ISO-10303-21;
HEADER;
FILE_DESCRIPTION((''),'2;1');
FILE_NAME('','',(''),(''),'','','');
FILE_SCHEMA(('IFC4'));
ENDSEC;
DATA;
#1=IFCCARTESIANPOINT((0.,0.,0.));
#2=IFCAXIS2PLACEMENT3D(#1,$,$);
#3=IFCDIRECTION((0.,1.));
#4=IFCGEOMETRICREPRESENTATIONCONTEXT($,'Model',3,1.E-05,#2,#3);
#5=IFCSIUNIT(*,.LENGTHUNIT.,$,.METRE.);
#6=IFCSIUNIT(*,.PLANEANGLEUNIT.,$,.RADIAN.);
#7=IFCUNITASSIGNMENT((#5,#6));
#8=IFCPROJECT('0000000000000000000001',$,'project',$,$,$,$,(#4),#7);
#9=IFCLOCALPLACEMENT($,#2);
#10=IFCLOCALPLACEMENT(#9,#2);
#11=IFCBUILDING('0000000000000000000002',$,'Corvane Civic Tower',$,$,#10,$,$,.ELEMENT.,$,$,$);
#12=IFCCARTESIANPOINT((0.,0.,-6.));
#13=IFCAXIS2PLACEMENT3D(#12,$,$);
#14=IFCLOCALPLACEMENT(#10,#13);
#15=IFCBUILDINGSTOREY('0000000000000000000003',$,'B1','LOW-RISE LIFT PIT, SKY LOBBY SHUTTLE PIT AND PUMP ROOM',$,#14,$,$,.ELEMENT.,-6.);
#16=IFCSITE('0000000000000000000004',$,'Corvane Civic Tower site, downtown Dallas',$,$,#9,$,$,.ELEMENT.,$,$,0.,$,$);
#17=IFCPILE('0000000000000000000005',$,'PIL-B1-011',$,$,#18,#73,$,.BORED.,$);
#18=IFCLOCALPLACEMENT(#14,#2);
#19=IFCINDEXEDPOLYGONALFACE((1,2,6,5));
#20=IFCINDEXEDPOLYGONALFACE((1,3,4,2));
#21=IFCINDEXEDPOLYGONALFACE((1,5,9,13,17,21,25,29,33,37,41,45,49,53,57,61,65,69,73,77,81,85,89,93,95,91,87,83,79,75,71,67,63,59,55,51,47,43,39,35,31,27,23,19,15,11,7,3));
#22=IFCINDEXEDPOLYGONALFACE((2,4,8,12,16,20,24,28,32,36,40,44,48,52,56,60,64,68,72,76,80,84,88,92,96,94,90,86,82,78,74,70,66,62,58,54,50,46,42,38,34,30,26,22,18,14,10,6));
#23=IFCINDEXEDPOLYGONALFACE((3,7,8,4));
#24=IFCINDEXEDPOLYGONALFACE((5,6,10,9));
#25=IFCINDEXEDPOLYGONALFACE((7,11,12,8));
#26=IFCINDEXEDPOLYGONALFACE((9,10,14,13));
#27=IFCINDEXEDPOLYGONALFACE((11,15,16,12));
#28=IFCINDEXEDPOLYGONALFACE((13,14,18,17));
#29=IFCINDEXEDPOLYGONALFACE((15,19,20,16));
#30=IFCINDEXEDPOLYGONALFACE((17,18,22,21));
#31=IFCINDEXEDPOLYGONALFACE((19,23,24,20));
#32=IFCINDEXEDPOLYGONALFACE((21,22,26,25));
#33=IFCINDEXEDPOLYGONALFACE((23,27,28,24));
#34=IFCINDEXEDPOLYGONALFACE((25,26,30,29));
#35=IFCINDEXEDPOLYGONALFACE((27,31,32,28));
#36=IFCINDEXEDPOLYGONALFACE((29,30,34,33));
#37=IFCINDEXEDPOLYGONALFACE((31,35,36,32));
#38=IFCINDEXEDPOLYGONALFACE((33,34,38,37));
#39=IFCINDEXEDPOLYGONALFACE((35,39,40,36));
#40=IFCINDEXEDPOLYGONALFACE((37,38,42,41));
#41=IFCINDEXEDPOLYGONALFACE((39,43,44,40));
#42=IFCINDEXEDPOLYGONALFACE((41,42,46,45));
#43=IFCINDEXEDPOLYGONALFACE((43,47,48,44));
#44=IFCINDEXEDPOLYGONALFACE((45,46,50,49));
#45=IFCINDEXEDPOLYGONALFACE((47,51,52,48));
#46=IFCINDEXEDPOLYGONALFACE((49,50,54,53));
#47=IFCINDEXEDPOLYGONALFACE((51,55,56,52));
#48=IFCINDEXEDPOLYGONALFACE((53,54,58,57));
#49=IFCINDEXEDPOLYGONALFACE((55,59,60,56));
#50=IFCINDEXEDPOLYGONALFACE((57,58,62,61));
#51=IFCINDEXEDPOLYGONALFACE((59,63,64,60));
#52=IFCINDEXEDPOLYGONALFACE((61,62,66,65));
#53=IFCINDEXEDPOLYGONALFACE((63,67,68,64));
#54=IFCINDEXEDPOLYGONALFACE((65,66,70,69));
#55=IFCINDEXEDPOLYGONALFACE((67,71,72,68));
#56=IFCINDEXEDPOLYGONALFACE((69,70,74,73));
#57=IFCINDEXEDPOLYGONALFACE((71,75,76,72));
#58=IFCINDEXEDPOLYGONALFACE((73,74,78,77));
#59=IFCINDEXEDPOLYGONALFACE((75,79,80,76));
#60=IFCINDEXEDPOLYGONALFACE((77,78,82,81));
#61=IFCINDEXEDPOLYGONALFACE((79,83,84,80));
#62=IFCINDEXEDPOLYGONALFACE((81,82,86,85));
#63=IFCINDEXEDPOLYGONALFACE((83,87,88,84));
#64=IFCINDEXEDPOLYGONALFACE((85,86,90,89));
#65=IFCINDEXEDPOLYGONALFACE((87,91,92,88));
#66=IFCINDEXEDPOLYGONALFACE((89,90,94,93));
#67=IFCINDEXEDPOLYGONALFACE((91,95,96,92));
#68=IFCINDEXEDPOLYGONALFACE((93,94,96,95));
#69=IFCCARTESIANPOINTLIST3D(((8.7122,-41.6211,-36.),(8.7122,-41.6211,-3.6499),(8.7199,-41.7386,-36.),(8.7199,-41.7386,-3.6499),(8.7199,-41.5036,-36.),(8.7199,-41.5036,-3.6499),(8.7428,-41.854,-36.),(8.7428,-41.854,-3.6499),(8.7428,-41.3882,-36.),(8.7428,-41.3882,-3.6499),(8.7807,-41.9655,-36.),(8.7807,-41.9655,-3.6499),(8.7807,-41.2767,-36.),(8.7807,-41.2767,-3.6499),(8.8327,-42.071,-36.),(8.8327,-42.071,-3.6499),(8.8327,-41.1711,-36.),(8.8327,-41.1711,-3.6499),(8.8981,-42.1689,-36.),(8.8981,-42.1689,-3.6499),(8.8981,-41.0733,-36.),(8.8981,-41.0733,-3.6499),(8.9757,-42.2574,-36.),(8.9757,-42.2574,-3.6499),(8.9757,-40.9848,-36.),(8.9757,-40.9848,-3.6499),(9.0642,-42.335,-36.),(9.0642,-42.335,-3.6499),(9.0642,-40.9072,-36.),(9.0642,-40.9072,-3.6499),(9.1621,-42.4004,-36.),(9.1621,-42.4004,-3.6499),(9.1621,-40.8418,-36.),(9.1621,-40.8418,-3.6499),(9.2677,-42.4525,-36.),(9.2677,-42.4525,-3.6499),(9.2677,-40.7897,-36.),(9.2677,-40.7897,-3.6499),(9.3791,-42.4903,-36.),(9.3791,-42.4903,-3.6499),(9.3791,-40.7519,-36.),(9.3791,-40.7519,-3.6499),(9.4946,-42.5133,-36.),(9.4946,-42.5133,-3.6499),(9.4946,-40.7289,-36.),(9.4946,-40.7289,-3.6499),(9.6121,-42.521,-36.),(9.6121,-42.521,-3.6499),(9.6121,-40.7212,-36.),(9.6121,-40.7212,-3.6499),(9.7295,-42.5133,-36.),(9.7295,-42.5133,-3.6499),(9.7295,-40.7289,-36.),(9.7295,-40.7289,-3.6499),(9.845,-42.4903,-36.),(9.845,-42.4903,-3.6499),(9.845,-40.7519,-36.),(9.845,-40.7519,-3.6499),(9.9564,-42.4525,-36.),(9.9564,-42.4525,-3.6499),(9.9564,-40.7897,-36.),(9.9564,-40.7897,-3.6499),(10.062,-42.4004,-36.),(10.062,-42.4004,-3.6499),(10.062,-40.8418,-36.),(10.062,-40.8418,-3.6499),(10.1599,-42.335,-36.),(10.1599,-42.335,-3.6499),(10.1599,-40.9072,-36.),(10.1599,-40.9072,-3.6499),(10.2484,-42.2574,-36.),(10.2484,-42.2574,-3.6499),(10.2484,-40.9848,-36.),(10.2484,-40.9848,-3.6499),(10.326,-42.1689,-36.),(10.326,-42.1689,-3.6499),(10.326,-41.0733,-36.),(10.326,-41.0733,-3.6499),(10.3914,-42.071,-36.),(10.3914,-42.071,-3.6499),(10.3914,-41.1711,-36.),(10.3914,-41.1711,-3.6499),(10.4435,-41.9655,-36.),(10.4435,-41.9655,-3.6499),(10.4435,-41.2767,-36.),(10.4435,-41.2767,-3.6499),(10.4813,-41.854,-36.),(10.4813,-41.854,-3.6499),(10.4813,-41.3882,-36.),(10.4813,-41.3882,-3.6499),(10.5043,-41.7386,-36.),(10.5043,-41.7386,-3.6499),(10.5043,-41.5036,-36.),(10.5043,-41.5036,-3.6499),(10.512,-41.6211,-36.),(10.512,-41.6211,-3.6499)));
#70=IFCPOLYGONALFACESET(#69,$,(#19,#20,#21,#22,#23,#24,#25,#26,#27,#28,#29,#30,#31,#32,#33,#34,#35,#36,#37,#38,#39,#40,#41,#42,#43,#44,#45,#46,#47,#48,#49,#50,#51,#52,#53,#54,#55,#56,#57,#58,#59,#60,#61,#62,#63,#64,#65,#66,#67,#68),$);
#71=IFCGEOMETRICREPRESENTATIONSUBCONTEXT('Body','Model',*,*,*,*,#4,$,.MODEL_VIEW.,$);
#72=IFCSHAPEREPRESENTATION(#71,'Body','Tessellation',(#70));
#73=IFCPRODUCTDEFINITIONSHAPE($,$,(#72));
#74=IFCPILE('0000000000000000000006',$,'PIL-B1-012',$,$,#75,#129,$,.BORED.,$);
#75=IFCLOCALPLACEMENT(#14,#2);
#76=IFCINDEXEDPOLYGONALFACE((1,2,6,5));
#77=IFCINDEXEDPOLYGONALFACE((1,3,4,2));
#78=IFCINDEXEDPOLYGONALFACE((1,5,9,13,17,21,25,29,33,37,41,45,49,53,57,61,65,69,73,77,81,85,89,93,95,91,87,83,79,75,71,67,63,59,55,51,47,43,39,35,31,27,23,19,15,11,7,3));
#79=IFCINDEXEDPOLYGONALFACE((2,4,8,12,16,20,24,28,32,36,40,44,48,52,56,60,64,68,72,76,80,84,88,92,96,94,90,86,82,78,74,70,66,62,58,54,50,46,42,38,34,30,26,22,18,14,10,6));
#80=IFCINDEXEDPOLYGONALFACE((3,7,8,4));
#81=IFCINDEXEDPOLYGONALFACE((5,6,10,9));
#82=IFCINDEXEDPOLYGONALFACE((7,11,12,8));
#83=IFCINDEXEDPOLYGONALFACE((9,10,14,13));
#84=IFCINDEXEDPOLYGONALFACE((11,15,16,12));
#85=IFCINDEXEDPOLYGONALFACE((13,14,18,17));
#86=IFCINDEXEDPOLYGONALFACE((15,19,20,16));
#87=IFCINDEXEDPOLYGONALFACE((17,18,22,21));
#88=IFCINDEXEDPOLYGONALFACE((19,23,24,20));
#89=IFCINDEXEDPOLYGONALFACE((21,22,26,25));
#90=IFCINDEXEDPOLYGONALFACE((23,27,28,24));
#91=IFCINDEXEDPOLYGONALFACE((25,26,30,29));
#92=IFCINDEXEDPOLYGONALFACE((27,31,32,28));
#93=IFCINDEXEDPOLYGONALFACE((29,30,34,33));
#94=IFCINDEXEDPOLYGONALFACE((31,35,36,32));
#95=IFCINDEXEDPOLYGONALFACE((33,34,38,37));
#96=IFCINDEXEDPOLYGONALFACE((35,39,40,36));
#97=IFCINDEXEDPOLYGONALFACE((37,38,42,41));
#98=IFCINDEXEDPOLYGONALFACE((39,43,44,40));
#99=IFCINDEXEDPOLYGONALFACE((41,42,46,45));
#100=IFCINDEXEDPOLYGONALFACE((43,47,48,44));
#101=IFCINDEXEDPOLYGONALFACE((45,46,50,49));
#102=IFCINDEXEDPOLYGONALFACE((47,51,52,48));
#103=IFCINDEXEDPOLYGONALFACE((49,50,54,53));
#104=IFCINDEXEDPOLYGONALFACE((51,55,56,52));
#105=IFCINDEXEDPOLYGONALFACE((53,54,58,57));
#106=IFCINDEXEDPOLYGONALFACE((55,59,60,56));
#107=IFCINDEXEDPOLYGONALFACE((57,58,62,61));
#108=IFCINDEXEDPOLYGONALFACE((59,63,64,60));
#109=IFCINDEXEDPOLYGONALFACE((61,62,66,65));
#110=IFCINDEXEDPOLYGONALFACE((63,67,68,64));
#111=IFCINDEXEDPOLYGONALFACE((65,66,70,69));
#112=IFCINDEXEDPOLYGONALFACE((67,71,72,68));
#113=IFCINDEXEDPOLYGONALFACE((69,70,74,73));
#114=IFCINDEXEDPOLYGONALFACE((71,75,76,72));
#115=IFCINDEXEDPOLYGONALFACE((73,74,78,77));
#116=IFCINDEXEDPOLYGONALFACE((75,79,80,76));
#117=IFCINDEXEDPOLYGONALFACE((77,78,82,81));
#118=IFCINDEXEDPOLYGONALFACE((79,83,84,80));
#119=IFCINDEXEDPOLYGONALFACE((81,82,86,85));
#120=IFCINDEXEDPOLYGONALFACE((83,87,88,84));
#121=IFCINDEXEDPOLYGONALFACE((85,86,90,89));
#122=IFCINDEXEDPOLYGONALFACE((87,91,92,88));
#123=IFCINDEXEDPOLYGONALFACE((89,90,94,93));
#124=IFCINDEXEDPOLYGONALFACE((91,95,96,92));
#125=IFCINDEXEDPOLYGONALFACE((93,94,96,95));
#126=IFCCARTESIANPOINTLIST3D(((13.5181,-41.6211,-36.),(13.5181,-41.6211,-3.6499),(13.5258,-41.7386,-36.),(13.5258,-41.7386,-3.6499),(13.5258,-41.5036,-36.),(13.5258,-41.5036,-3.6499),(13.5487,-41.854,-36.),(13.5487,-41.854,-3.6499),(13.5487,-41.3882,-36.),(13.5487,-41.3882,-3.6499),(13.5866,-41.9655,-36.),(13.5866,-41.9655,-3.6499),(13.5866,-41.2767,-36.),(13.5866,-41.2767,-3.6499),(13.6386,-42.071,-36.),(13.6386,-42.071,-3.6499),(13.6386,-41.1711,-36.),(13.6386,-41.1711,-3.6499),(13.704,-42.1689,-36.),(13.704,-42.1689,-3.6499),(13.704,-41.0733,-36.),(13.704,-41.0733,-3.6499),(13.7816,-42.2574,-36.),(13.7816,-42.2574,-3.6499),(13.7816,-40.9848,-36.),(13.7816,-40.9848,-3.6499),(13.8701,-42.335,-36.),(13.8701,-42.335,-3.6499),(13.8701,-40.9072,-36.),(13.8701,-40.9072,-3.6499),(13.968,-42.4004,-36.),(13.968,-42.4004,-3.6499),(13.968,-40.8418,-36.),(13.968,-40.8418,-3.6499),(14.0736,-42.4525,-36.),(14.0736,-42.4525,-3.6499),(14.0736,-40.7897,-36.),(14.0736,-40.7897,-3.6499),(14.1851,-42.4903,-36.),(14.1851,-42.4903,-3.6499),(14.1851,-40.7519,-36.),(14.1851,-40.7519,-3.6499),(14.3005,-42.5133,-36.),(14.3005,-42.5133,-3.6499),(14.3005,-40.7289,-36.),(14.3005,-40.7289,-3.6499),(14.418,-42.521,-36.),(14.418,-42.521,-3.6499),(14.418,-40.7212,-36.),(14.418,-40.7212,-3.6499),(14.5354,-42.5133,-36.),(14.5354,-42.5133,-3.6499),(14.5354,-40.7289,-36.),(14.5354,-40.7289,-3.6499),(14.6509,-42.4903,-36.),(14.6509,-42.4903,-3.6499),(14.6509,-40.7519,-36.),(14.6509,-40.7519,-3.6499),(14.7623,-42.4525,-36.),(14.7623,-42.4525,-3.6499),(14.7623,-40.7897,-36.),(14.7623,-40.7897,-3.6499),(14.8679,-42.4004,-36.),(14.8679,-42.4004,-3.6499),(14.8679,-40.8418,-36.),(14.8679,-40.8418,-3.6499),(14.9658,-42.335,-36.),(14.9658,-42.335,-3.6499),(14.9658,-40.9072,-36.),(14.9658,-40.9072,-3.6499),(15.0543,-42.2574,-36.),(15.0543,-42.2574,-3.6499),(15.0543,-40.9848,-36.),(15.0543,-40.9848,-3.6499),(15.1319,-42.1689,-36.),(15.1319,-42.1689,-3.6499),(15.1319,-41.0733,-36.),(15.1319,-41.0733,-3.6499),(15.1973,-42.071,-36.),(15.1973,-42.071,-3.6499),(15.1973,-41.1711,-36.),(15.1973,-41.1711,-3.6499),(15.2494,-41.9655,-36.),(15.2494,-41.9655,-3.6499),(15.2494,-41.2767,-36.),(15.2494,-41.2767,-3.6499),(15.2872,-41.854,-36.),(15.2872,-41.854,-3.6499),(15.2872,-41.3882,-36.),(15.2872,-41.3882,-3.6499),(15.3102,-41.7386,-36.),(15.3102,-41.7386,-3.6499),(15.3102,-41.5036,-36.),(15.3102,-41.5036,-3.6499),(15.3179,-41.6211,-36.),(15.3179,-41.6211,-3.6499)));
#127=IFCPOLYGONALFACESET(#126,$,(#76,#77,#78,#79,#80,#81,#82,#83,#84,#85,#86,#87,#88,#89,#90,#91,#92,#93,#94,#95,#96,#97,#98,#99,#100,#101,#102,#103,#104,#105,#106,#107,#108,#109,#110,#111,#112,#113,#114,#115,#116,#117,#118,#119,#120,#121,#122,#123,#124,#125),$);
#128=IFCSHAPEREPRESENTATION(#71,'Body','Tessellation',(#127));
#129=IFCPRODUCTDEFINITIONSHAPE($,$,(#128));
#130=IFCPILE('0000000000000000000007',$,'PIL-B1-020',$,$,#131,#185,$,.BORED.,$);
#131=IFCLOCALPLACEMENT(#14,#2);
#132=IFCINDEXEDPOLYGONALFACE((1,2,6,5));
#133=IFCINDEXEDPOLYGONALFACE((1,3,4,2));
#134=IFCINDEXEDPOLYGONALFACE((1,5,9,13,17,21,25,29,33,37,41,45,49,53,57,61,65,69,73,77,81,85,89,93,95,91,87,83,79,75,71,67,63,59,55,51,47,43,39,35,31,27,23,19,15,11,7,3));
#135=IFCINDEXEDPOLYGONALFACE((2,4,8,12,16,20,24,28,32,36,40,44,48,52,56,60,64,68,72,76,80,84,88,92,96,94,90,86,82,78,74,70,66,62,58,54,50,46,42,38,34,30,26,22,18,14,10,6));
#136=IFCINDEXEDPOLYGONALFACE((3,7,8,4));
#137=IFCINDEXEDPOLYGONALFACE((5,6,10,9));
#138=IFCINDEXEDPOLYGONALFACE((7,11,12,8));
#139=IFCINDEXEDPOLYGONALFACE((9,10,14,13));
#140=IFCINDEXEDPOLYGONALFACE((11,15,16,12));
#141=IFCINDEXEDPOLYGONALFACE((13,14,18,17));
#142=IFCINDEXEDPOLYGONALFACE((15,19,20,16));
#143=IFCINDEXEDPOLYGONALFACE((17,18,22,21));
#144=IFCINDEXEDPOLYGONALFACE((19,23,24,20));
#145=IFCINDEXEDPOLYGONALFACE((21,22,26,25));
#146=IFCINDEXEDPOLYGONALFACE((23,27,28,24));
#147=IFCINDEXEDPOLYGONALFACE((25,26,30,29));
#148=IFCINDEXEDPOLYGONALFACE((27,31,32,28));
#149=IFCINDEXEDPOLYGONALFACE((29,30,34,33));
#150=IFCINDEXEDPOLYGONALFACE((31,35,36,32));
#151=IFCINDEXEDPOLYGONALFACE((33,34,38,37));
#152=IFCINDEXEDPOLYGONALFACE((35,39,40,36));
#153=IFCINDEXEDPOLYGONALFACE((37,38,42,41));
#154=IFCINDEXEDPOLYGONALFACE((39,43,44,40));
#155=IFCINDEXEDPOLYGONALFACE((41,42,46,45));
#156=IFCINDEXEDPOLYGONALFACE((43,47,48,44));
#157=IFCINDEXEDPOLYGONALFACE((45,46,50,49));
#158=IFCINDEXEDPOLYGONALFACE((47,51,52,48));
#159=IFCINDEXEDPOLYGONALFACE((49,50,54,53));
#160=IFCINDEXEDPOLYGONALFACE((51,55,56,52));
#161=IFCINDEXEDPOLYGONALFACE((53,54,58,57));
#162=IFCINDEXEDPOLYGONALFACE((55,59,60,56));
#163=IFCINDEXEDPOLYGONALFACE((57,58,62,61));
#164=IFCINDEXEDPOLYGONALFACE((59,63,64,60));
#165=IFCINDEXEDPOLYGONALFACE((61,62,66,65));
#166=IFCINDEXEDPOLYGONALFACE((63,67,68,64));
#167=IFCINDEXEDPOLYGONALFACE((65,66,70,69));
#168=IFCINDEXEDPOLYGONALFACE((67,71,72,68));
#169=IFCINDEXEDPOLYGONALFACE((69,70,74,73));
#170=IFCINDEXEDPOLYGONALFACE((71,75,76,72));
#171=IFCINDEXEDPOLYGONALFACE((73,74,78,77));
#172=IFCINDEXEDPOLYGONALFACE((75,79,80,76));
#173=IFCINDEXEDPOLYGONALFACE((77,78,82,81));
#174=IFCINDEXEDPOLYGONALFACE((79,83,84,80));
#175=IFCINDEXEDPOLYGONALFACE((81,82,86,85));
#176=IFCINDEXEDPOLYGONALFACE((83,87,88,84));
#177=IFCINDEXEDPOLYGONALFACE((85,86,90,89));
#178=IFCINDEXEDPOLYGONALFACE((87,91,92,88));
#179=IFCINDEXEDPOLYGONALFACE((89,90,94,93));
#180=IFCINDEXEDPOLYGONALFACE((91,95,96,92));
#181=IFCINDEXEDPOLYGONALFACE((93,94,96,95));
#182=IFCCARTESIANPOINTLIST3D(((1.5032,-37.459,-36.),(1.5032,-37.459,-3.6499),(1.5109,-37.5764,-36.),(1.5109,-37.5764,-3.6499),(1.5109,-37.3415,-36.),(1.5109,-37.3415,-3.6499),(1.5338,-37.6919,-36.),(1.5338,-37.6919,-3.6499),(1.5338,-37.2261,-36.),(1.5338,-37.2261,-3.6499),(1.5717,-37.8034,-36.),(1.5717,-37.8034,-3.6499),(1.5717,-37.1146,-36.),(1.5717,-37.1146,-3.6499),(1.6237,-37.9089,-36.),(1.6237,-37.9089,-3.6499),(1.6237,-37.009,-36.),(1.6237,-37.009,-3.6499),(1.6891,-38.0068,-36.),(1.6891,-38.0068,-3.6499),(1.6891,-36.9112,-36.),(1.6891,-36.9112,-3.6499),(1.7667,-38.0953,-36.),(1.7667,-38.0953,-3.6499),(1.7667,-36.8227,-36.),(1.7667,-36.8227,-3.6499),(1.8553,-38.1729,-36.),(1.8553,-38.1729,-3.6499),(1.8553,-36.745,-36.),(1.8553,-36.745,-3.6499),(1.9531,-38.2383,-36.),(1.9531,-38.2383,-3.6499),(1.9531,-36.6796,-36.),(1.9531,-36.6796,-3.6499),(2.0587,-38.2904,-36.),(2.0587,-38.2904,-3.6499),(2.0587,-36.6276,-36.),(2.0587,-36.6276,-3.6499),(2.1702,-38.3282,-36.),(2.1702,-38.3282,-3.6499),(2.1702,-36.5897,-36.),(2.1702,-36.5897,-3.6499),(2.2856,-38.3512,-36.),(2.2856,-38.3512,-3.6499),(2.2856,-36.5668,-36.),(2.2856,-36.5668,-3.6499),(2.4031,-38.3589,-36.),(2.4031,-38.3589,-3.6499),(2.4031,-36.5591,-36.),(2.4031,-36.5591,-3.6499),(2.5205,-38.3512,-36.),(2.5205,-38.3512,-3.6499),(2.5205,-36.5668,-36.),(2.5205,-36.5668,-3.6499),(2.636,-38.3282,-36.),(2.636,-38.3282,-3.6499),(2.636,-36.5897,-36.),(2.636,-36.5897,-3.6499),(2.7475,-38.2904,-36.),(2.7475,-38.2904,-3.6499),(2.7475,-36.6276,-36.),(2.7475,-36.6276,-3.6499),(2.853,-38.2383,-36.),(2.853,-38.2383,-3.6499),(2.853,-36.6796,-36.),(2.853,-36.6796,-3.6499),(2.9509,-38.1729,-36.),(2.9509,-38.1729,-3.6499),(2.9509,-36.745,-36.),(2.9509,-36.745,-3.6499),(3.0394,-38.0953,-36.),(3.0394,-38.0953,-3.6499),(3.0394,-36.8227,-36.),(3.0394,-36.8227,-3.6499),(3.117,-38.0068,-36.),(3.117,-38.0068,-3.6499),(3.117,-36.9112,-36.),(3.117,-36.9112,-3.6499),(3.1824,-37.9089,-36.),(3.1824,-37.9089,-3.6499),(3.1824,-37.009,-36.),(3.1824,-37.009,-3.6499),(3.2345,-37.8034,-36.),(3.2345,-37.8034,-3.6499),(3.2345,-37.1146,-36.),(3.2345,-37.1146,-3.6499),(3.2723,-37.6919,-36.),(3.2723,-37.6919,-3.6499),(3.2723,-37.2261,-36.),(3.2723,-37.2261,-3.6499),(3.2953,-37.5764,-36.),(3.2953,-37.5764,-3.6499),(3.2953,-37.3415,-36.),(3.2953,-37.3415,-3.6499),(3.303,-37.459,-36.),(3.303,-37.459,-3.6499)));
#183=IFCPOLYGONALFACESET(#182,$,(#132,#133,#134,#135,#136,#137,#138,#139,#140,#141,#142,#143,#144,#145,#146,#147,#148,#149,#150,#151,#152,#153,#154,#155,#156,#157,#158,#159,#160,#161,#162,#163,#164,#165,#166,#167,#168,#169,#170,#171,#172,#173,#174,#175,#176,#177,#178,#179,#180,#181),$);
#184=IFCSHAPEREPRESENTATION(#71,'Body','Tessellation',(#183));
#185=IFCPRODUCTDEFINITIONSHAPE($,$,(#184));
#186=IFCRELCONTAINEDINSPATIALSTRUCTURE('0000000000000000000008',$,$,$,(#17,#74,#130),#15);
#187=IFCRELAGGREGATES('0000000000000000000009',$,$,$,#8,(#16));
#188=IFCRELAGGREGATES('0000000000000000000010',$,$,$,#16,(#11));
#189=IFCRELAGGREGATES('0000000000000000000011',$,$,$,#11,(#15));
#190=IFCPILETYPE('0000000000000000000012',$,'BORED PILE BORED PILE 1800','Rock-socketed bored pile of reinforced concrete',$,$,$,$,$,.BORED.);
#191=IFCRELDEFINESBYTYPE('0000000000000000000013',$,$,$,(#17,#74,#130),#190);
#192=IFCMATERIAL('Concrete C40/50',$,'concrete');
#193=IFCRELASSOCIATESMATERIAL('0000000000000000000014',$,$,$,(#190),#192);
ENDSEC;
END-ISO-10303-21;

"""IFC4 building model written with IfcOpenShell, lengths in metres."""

from ifc_helpers import new_model, si_unit, direction, frame, origin, origin_2d, place, context, subcontext, project, spatial, circle, extrude, material, material_profile, profile_set, type_object, element, save


model = new_model("IFC4")

# Units and contexts
model_context = context("Model", 3, precision=1e-05, world=origin(), true_north=direction((0.0, 1.0)))
body_context = subcontext(model_context, "Body", "Model", "MODEL_VIEW")
ifc_project = project(units=[si_unit("LENGTHUNIT", "METRE"), si_unit("PLANEANGLEUNIT", "RADIAN")], contexts=[model_context])

# Site, building, storey
site_placement = place(None, origin())
site = spatial("IfcSite", under=ifc_project, at=site_placement, Name="Corvane Civic Tower site, downtown Dallas", CompositionType="ELEMENT", RefElevation=0.0)
building_placement = place(site_placement, origin())
building = spatial("IfcBuilding", under=site, at=building_placement, Name="Corvane Civic Tower", CompositionType="ELEMENT")
storey_placement = place(building_placement, frame((0.0, 0.0, -6.0)))
storey = spatial("IfcBuildingStorey", under=building, at=storey_placement, Name="B1", Description="LOW-RISE LIFT PIT, SKY LOBBY SHUTTLE PIT AND PUMP ROOM", CompositionType="ELEMENT", Elevation=-6.0)

# Piles
ifc_material_1 = material(Name="Concrete C40/50", Category="concrete")
ifc_material_profile_1 = material_profile(ifc_material_1, circle(Radius=0.8999, at=origin_2d()), Name="BORED PILE 1800")
ifc_profile_set_1 = profile_set([ifc_material_profile_1], Name="Concrete C40/50")
pile_type_1 = type_object("IfcPileType", Name="BORED PILE BORED PILE 1800", Description="Rock-socketed bored pile of reinforced concrete", PredefinedType="BORED", material=ifc_profile_set_1)
for number, where, z_axis, x_axis, name in (
    (1, (9.6121, -41.6211, -3.6499), (0.0, 0.0, -1.0), (1.0, 0.0, 0.0), "PIL-B1-011"),
    (2, (14.418, -41.6211, -3.6499), (0.0, 0.0, -1.0), (1.0, 0.0, 0.0), "PIL-B1-012"),
    (3, (2.4031, -37.459, -3.6499), (0.0, 0.0, -1.0), (1.0, 0.0, 0.0), "PIL-B1-020"),
):
    element("IfcPile", number, at=place(storey_placement, frame(where, z_axis=z_axis, x_axis=x_axis)), inside=storey, type_object=pile_type_1, Name=name, PredefinedType="BORED", context=body_context, shape_type="SweptSolid", body=[
        extrude(circle(Radius=0.8999, at=origin_2d()), origin(), (0.0, 0.0, 1.0), 32.3501),
    ])

save(model, "model.ifc")
